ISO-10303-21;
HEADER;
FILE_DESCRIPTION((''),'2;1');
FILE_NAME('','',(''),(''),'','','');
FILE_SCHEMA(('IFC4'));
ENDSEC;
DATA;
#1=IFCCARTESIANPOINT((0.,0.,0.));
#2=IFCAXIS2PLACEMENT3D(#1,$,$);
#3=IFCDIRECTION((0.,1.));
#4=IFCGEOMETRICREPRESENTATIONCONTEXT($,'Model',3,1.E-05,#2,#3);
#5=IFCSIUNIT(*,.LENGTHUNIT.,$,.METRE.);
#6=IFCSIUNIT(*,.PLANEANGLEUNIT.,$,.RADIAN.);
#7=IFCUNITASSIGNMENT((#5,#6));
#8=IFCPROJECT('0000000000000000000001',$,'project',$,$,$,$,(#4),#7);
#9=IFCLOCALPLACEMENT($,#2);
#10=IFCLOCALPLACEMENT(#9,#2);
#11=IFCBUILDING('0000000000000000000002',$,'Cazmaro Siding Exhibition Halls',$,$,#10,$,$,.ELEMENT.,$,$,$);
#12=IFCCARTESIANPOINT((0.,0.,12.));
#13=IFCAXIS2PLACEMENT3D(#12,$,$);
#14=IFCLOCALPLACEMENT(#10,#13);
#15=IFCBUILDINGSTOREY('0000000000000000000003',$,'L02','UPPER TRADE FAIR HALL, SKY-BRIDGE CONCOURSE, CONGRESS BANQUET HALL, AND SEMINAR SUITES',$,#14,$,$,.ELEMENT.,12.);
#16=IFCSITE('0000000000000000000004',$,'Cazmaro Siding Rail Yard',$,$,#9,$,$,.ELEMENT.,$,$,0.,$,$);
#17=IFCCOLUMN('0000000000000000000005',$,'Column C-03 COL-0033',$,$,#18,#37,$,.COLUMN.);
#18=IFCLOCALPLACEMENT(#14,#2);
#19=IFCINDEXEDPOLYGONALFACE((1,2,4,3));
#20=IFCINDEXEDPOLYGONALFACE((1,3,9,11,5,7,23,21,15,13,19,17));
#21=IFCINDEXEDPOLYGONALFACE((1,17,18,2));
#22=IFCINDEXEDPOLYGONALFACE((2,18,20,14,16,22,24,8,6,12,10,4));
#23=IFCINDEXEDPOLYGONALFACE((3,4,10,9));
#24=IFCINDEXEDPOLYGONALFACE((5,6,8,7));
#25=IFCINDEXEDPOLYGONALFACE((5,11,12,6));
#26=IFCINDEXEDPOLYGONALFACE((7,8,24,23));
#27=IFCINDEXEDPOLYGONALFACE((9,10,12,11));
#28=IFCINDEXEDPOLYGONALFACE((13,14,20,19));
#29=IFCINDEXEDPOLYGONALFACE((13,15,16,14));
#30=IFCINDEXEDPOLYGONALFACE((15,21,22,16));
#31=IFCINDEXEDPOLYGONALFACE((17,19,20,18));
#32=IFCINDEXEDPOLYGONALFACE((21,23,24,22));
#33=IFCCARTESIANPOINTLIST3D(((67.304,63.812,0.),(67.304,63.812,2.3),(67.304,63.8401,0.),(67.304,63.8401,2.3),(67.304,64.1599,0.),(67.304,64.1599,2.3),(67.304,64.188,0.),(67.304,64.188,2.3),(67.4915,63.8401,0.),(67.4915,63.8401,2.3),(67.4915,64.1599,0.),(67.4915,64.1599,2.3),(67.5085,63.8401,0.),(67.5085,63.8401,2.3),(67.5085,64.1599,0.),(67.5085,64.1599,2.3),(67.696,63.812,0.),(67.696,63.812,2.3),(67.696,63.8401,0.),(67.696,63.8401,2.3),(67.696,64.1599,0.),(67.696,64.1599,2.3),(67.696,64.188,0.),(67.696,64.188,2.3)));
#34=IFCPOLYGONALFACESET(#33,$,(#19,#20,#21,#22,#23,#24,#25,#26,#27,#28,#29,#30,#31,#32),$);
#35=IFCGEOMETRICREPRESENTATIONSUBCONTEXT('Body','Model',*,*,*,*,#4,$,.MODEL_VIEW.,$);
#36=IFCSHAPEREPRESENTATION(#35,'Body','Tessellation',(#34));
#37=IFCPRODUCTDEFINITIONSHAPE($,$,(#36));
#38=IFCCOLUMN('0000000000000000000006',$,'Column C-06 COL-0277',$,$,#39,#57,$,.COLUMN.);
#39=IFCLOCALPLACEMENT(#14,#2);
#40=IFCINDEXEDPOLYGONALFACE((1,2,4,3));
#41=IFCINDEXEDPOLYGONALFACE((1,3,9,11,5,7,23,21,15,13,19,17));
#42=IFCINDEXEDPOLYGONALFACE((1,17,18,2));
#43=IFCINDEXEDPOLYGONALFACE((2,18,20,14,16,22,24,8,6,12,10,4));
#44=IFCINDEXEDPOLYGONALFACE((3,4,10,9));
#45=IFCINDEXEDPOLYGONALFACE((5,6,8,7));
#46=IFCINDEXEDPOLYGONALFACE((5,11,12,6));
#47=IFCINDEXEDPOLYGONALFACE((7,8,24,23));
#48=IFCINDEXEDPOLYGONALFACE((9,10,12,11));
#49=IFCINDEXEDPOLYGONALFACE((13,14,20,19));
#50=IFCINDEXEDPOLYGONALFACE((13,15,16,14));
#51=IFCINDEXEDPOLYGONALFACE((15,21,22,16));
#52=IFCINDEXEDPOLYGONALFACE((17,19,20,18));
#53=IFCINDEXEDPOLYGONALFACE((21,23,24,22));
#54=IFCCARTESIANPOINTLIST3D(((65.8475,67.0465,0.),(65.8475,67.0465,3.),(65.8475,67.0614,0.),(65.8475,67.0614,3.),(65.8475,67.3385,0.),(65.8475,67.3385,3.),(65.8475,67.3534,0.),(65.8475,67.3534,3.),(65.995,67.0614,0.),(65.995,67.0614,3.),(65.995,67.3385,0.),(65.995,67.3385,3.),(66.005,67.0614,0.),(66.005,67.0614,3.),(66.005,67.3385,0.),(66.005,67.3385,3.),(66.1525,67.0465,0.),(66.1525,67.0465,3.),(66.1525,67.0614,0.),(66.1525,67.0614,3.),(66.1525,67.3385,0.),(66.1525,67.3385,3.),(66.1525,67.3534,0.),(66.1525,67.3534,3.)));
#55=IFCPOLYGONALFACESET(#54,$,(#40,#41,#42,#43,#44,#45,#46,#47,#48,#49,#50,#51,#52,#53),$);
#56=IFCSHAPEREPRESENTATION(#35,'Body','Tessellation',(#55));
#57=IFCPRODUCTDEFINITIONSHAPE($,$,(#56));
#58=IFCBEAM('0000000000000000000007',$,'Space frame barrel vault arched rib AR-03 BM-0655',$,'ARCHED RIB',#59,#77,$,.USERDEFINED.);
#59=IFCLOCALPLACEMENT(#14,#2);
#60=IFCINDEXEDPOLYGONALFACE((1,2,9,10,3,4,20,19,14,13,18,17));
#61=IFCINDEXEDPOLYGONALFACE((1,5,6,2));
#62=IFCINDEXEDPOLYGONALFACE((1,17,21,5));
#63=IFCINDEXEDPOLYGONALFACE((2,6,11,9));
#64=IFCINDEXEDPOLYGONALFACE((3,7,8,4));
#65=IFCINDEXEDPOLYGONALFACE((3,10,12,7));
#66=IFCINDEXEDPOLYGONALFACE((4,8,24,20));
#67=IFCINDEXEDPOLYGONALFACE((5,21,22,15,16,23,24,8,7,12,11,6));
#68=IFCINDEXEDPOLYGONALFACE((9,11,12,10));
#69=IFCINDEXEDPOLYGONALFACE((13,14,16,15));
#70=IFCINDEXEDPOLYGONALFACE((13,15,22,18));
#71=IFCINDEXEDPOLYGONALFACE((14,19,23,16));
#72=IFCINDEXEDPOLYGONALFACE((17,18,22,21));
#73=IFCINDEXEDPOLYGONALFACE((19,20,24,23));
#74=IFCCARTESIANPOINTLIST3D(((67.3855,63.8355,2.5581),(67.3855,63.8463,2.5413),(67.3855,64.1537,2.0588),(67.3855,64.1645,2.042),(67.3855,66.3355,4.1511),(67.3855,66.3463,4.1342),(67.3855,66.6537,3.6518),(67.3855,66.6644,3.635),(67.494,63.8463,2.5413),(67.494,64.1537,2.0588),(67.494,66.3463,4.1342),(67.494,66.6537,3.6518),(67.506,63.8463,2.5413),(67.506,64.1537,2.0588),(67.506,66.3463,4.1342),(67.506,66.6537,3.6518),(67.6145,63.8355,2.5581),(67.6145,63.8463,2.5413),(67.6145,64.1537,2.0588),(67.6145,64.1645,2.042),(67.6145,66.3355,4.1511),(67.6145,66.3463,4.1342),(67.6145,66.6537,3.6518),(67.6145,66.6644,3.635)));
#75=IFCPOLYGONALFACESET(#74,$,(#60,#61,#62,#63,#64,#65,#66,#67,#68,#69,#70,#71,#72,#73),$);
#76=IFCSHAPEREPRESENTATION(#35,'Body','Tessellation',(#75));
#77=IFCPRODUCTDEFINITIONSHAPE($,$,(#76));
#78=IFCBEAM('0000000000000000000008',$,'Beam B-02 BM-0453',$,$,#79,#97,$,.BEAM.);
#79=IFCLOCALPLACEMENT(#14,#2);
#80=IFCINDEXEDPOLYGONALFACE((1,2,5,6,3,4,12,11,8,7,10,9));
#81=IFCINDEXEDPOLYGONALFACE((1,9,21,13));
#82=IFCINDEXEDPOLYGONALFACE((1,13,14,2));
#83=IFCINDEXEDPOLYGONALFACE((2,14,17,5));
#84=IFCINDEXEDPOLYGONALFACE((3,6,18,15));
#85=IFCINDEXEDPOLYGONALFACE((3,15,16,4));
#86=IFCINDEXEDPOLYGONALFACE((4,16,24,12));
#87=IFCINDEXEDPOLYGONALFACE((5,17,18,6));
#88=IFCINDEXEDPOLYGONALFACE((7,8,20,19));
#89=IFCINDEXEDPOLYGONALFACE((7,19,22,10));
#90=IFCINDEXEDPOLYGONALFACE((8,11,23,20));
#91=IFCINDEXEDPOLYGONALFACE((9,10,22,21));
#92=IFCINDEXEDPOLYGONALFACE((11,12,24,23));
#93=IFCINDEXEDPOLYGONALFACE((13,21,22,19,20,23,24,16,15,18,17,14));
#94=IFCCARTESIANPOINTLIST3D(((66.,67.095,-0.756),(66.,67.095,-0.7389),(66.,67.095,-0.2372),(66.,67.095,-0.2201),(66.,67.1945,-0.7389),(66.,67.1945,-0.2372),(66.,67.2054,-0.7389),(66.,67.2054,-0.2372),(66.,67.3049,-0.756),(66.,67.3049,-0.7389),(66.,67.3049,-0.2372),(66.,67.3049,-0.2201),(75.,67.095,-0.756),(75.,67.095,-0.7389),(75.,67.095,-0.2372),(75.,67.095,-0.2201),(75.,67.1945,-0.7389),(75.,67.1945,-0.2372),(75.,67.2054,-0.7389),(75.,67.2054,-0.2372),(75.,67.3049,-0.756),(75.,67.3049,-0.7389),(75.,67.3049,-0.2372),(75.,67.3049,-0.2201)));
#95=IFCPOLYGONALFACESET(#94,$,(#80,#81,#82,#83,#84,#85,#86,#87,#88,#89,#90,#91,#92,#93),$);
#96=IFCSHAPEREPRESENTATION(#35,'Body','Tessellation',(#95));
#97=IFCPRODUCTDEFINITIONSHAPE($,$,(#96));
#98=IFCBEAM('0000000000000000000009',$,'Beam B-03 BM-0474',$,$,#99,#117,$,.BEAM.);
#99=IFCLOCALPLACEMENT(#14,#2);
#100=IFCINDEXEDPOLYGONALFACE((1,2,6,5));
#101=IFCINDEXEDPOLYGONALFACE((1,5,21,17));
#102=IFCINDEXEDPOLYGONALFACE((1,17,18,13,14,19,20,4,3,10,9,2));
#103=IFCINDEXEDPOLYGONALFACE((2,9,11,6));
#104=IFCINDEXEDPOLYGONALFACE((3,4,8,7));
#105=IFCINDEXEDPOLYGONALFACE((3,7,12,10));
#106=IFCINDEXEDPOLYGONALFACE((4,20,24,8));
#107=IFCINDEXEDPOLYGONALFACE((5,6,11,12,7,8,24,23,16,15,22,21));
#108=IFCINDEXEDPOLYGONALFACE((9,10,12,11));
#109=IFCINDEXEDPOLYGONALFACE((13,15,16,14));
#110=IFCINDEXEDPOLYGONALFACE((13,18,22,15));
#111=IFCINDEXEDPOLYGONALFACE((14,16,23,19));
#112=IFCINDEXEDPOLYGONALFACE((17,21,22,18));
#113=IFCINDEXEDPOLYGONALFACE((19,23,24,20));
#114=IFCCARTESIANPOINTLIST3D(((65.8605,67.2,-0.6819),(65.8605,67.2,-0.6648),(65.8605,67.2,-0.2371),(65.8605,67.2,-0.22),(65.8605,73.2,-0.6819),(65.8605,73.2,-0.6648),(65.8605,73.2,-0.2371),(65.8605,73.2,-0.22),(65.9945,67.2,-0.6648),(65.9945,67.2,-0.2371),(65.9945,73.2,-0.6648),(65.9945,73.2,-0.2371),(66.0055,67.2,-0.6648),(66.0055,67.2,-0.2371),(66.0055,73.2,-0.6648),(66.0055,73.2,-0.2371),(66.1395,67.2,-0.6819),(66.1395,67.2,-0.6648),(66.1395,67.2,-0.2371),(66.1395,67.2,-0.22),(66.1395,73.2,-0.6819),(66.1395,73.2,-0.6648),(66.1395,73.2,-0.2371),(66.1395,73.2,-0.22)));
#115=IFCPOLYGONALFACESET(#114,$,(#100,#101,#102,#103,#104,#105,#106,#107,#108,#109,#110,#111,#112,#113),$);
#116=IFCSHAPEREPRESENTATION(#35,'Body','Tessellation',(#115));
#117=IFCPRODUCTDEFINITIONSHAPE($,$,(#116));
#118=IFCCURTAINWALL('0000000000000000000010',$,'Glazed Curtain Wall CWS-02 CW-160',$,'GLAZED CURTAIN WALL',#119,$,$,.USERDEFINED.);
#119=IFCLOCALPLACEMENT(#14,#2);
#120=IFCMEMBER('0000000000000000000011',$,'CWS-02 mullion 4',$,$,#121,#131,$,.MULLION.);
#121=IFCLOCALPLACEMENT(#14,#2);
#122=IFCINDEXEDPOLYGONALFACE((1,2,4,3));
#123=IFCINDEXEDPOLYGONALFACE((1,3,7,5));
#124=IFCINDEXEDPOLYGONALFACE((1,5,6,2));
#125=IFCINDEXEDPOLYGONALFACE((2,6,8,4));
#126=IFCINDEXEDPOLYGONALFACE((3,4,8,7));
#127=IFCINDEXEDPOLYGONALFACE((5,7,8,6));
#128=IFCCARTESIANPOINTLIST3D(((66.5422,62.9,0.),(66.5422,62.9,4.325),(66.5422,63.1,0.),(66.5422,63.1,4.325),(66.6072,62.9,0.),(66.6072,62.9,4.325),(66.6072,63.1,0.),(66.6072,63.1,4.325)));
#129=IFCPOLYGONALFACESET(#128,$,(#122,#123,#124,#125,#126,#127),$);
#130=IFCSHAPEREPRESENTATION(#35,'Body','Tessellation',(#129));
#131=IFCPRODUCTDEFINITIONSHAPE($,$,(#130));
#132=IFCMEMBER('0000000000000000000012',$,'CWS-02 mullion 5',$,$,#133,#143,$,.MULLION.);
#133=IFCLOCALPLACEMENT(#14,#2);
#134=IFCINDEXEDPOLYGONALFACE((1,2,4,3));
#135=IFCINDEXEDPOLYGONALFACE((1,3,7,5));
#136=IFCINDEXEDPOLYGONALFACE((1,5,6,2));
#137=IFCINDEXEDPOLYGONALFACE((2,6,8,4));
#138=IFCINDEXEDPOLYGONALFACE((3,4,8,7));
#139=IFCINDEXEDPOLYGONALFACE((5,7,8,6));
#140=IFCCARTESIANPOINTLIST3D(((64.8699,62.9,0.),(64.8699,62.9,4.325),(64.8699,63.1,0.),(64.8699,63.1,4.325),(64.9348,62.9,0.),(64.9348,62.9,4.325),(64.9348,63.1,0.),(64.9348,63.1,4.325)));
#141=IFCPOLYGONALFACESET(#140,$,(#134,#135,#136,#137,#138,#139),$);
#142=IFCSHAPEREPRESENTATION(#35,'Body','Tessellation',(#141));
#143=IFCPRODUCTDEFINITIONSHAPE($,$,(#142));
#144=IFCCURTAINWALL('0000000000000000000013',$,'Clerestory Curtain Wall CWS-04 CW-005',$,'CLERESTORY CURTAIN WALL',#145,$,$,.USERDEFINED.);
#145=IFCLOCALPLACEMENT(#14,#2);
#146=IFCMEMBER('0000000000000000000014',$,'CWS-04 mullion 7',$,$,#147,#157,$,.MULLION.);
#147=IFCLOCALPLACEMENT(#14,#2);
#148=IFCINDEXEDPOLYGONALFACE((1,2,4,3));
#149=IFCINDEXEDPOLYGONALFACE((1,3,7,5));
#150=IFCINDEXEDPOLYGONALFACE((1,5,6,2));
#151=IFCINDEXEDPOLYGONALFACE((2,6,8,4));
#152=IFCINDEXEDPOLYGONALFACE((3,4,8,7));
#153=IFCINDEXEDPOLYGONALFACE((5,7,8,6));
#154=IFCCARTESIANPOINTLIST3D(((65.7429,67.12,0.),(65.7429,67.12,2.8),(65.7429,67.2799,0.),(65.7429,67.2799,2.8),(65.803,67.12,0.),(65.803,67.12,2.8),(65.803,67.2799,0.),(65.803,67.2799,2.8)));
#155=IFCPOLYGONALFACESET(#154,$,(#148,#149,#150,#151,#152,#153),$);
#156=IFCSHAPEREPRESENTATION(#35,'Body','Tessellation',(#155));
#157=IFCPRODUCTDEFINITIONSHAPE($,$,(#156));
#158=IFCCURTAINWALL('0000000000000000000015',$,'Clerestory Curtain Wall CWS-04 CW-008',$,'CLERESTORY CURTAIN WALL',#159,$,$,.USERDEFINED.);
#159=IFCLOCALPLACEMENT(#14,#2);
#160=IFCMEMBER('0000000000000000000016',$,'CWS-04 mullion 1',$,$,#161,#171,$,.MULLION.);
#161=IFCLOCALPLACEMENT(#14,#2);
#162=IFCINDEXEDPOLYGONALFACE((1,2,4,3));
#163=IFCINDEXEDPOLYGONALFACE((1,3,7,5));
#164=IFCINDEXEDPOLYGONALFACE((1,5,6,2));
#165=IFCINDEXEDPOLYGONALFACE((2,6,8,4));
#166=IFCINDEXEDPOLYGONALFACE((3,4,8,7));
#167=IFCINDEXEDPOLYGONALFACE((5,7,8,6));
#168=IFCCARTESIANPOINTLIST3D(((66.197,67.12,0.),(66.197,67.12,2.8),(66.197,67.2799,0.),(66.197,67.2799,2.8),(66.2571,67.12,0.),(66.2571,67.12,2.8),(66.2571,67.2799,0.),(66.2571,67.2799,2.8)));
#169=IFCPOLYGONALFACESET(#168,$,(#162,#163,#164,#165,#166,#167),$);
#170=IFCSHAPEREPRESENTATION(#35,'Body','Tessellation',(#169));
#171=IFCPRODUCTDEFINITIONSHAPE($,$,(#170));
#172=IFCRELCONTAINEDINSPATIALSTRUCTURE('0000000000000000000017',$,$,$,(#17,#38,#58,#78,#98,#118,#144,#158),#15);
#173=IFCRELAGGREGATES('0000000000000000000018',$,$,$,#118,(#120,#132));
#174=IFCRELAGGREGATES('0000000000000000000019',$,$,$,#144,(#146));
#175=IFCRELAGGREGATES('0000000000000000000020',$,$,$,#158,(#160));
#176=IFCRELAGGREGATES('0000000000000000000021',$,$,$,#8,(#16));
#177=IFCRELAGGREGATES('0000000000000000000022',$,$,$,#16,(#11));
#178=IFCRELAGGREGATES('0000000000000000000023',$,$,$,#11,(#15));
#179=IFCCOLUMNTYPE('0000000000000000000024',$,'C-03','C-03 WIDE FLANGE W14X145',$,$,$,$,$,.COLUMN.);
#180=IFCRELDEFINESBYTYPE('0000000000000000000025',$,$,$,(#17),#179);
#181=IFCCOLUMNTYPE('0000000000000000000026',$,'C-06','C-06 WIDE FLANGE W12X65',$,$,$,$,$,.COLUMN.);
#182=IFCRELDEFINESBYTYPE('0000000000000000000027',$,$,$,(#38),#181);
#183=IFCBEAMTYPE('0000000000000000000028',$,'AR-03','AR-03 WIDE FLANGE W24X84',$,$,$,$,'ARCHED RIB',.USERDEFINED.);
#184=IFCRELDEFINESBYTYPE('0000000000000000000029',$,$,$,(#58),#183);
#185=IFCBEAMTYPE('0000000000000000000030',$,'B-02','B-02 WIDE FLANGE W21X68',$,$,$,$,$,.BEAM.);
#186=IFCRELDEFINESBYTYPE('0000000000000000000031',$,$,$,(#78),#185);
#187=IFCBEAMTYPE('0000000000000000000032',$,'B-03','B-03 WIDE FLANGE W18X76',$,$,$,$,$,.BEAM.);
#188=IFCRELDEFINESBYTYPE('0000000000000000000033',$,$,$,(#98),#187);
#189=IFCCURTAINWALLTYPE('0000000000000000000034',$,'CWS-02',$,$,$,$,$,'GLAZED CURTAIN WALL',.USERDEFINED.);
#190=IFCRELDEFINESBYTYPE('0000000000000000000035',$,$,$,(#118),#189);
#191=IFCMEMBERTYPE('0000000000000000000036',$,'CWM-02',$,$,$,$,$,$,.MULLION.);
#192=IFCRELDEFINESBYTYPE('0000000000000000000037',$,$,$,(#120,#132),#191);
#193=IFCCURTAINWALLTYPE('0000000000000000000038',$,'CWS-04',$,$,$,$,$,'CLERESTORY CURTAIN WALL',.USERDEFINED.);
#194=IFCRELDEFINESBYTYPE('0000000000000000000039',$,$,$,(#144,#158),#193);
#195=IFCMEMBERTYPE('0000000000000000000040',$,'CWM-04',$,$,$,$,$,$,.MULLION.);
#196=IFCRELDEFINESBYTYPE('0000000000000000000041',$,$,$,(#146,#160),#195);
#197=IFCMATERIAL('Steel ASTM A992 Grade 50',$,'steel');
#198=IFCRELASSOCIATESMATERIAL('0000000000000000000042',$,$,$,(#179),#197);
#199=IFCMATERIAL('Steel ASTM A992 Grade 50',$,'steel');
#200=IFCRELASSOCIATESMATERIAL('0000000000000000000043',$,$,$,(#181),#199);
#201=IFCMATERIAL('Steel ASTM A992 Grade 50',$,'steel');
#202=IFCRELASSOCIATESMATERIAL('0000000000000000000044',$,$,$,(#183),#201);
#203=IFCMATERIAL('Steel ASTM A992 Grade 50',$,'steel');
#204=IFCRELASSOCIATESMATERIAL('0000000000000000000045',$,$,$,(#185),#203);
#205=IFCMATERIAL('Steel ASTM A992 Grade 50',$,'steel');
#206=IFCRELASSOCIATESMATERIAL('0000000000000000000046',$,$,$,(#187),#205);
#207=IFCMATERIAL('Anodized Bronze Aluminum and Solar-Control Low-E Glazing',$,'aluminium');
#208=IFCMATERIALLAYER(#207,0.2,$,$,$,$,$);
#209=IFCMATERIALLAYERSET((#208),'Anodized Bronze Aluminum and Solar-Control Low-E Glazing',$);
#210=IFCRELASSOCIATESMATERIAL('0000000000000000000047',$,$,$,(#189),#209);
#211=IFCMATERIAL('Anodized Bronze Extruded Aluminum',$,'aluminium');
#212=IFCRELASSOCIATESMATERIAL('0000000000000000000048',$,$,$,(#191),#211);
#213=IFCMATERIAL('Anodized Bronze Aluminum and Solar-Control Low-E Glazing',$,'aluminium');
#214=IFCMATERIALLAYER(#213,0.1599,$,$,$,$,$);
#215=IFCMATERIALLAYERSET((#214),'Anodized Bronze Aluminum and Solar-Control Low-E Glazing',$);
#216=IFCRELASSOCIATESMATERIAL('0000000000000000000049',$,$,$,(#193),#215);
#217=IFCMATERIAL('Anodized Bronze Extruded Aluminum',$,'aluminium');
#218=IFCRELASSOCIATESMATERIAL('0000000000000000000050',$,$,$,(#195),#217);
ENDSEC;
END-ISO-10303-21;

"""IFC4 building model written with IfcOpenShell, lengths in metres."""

from ifc_helpers import new_model, si_unit, direction, frame, origin, origin_2d, place, context, subcontext, project, spatial, rectangle, i_section, extrude, material, layer, layer_set, material_profile, profile_set, type_object, element, aggregate, save


model = new_model("IFC4")

# Units and contexts
model_context = context("Model", 3, precision=1e-05, world=origin(), true_north=direction((0.0, 1.0)))
body_context = subcontext(model_context, "Body", "Model", "MODEL_VIEW")
ifc_project = project(units=[si_unit("LENGTHUNIT", "METRE"), si_unit("PLANEANGLEUNIT", "RADIAN")], contexts=[model_context])

# Site, building, storey
site_placement = place(None, origin())
site = spatial("IfcSite", under=ifc_project, at=site_placement, Name="Cazmaro Siding Rail Yard", CompositionType="ELEMENT", RefElevation=0.0)
building_placement = place(site_placement, origin())
building = spatial("IfcBuilding", under=site, at=building_placement, Name="Cazmaro Siding Exhibition Halls", CompositionType="ELEMENT")
storey_placement = place(building_placement, frame((0.0, 0.0, 12.0)))
storey = spatial("IfcBuildingStorey", under=building, at=storey_placement, Name="L02", Description="UPPER TRADE FAIR HALL, SKY-BRIDGE CONCOURSE, CONGRESS BANQUET HALL, AND SEMINAR SUITES", CompositionType="ELEMENT", Elevation=12.0)

# Columns
ifc_material_1 = material(Name="Steel ASTM A992 Grade 50", Category="steel")
ifc_material_profile_1 = material_profile(ifc_material_1, i_section(OverallWidth=0.3921, OverallDepth=0.376, WebThickness=0.0171, FlangeThickness=0.0281, at=origin_2d()), Name="W14X145")
ifc_profile_set_1 = profile_set([ifc_material_profile_1], Name="Steel ASTM A992 Grade 50")
column_type_1 = type_object("IfcColumnType", Name="C-03", Description="C-03 WIDE FLANGE W14X145", PredefinedType="COLUMN", material=ifc_profile_set_1)
column_1_placement = place(storey_placement, frame((67.5, 64.0, 0.0), z_axis=(0.0, 0.0, 1.0), x_axis=(1.0, 0.0, 0.0)))
element("IfcColumn", 1, at=column_1_placement, inside=storey, type_object=column_type_1, Name="Column C-03 COL-0033", PredefinedType="COLUMN", context=body_context, shape_type="SweptSolid", body=[
    extrude(i_section(OverallWidth=0.3921, OverallDepth=0.376, WebThickness=0.0171, FlangeThickness=0.0281, at=origin_2d()), origin(), (0.0, 0.0, 1.0), 2.3),
])
ifc_material_2 = material(Name="Steel ASTM A992 Grade 50", Category="steel")
ifc_material_profile_2 = material_profile(ifc_material_2, i_section(OverallWidth=0.3049, OverallDepth=0.3069, WebThickness=0.01, FlangeThickness=0.0149, at=origin_2d()), Name="W12X65")
ifc_profile_set_2 = profile_set([ifc_material_profile_2], Name="Steel ASTM A992 Grade 50")
column_type_2 = type_object("IfcColumnType", Name="C-06", Description="C-06 WIDE FLANGE W12X65", PredefinedType="COLUMN", material=ifc_profile_set_2)
column_2_placement = place(storey_placement, frame((66.0, 67.2, 0.0), z_axis=(0.0, 0.0, 1.0), x_axis=(1.0, 0.0, 0.0)))
element("IfcColumn", 2, at=column_2_placement, inside=storey, type_object=column_type_2, Name="Column C-06 COL-0277", PredefinedType="COLUMN", context=body_context, shape_type="SweptSolid", body=[
    extrude(i_section(OverallWidth=0.3049, OverallDepth=0.3069, WebThickness=0.01, FlangeThickness=0.0149, at=origin_2d()), origin(), (0.0, 0.0, 1.0), 3.0),
])

# Beams
ifc_material_3 = material(Name="Steel ASTM A992 Grade 50", Category="steel")
ifc_material_profile_3 = material_profile(ifc_material_3, i_section(OverallWidth=0.229, OverallDepth=0.6121, WebThickness=0.012, FlangeThickness=0.02, at=origin_2d()), Name="W24X84")
ifc_profile_set_3 = profile_set([ifc_material_profile_3], Name="Steel ASTM A992 Grade 50")
beam_type_1 = type_object("IfcBeamType", Name="AR-03", Description="AR-03 WIDE FLANGE W24X84", ElementType="ARCHED RIB", PredefinedType="USERDEFINED", material=ifc_profile_set_3)
beam_1_placement = place(storey_placement, frame((67.5, 64.0, 2.3), z_axis=(0.0, 0.843339, 0.537382), x_axis=(-1.0, 0.0, 0.0)))
element("IfcBeam", 3, at=beam_1_placement, inside=storey, type_object=beam_type_1, Name="Space frame barrel vault arched rib AR-03 BM-0655", ObjectType="ARCHED RIB", PredefinedType="USERDEFINED", context=body_context, shape_type="SweptSolid", body=[
    extrude(i_section(OverallWidth=0.229, OverallDepth=0.6121, WebThickness=0.012, FlangeThickness=0.02, at=origin_2d()), origin(), (0.0, 0.0, 1.0), 2.9644),
])
ifc_material_4 = material(Name="Steel ASTM A992 Grade 50", Category="steel")
ifc_material_profile_4 = material_profile(ifc_material_4, i_section(OverallWidth=0.21, OverallDepth=0.5359, WebThickness=0.011, FlangeThickness=0.0171, at=origin_2d()), Name="W21X68")
ifc_profile_set_4 = profile_set([ifc_material_profile_4], Name="Steel ASTM A992 Grade 50")
beam_type_2 = type_object("IfcBeamType", Name="B-02", Description="B-02 WIDE FLANGE W21X68", PredefinedType="BEAM", material=ifc_profile_set_4)
beam_2_placement = place(storey_placement, frame((66.0, 67.2, -0.488), z_axis=(1.0, 0.0, 0.0), x_axis=(0.0, 1.0, 0.0)))
element("IfcBeam", 4, at=beam_2_placement, inside=storey, type_object=beam_type_2, Name="Beam B-02 BM-0453", PredefinedType="BEAM", context=body_context, shape_type="SweptSolid", body=[
    extrude(i_section(OverallWidth=0.21, OverallDepth=0.5359, WebThickness=0.011, FlangeThickness=0.0171, at=origin_2d()), origin(), (0.0, 0.0, 1.0), 9.0),
])
ifc_material_5 = material(Name="Steel ASTM A992 Grade 50", Category="steel")
ifc_material_profile_5 = material_profile(ifc_material_5, i_section(OverallWidth=0.2791, OverallDepth=0.4619, WebThickness=0.011, FlangeThickness=0.0171, at=origin_2d()), Name="W18X76")
ifc_profile_set_5 = profile_set([ifc_material_profile_5], Name="Steel ASTM A992 Grade 50")
beam_type_3 = type_object("IfcBeamType", Name="B-03", Description="B-03 WIDE FLANGE W18X76", PredefinedType="BEAM", material=ifc_profile_set_5)
beam_3_placement = place(storey_placement, frame((66.0, 67.2, -0.4509), z_axis=(0.0, 1.0, 0.0), x_axis=(-1.0, 0.0, 0.0)))
element("IfcBeam", 5, at=beam_3_placement, inside=storey, type_object=beam_type_3, Name="Beam B-03 BM-0474", PredefinedType="BEAM", context=body_context, shape_type="SweptSolid", body=[
    extrude(i_section(OverallWidth=0.2791, OverallDepth=0.4619, WebThickness=0.011, FlangeThickness=0.0171, at=origin_2d()), origin(), (0.0, 0.0, 1.0), 6.0),
])

# Curtain wall, members
ifc_material_6 = material(Name="Anodized Bronze Aluminum and Solar-Control Low-E Glazing", Category="aluminium")
ifc_layer_1 = layer(ifc_material_6, 0.2)
ifc_layer_set_1 = layer_set([ifc_layer_1], Name="Anodized Bronze Aluminum and Solar-Control Low-E Glazing")
curtain_wall_type_1 = type_object("IfcCurtainWallType", Name="CWS-02", ElementType="GLAZED CURTAIN WALL", PredefinedType="USERDEFINED", material=ifc_layer_set_1)
curtain_wall_1_placement = place(storey_placement, origin())
curtain_wall_1 = element("IfcCurtainWall", 6, at=curtain_wall_1_placement, inside=storey, type_object=curtain_wall_type_1, Name="Glazed Curtain Wall CWS-02 CW-160", ObjectType="GLAZED CURTAIN WALL", PredefinedType="USERDEFINED")
ifc_material_7 = material(Name="Anodized Bronze Extruded Aluminum", Category="aluminium")
ifc_material_profile_6 = material_profile(ifc_material_7, rectangle(XDim=0.2, YDim=0.0649, at=origin_2d()), Name="CWM-02")
ifc_profile_set_6 = profile_set([ifc_material_profile_6], Name="Anodized Bronze Extruded Aluminum")
member_type_1 = type_object("IfcMemberType", Name="CWM-02", PredefinedType="MULLION", material=ifc_profile_set_6)
member_1_placement = place(storey_placement, frame((66.5747, 63.0, 0.0), z_axis=(0.0, 0.0, 1.0), x_axis=(0.0, -1.0, 0.0)))
member_1 = element("IfcMember", 7, at=member_1_placement, type_object=member_type_1, Name="CWS-02 mullion 4", PredefinedType="MULLION", context=body_context, shape_type="SweptSolid", body=[
    extrude(rectangle(XDim=0.2, YDim=0.0649, at=origin_2d()), origin(), (0.0, 0.0, 1.0), 4.325),
])
member_2_placement = place(storey_placement, frame((64.9023, 63.0, 0.0), z_axis=(0.0, 0.0, 1.0), x_axis=(0.0, -1.0, 0.0)))
member_2 = element("IfcMember", 8, at=member_2_placement, type_object=member_type_1, Name="CWS-02 mullion 5", PredefinedType="MULLION", context=body_context, shape_type="SweptSolid", body=[
    extrude(rectangle(XDim=0.2, YDim=0.0649, at=origin_2d()), origin(), (0.0, 0.0, 1.0), 4.325),
])

# Curtain walls, members
ifc_material_8 = material(Name="Anodized Bronze Aluminum and Solar-Control Low-E Glazing", Category="aluminium")
ifc_layer_2 = layer(ifc_material_8, 0.1599)
ifc_layer_set_2 = layer_set([ifc_layer_2], Name="Anodized Bronze Aluminum and Solar-Control Low-E Glazing")
curtain_wall_type_2 = type_object("IfcCurtainWallType", Name="CWS-04", ElementType="CLERESTORY CURTAIN WALL", PredefinedType="USERDEFINED", material=ifc_layer_set_2)
curtain_wall_2_placement = place(storey_placement, origin())
curtain_wall_2 = element("IfcCurtainWall", 9, at=curtain_wall_2_placement, inside=storey, type_object=curtain_wall_type_2, Name="Clerestory Curtain Wall CWS-04 CW-005", ObjectType="CLERESTORY CURTAIN WALL", PredefinedType="USERDEFINED")
ifc_material_9 = material(Name="Anodized Bronze Extruded Aluminum", Category="aluminium")
ifc_material_profile_7 = material_profile(ifc_material_9, rectangle(XDim=0.1599, YDim=0.0601, at=origin_2d()), Name="CWM-04")
ifc_profile_set_7 = profile_set([ifc_material_profile_7], Name="Anodized Bronze Extruded Aluminum")
member_type_2 = type_object("IfcMemberType", Name="CWM-04", PredefinedType="MULLION", material=ifc_profile_set_7)
member_3_placement = place(storey_placement, frame((65.7729, 67.2, 0.0), z_axis=(0.0, 0.0, 1.0), x_axis=(0.0, 1.0, 0.0)))
member_3 = element("IfcMember", 10, at=member_3_placement, type_object=member_type_2, Name="CWS-04 mullion 7", PredefinedType="MULLION", context=body_context, shape_type="SweptSolid", body=[
    extrude(rectangle(XDim=0.1599, YDim=0.0601, at=origin_2d()), origin(), (0.0, 0.0, 1.0), 2.8),
])
curtain_wall_3_placement = place(storey_placement, origin())
curtain_wall_3 = element("IfcCurtainWall", 11, at=curtain_wall_3_placement, inside=storey, type_object=curtain_wall_type_2, Name="Clerestory Curtain Wall CWS-04 CW-008", ObjectType="CLERESTORY CURTAIN WALL", PredefinedType="USERDEFINED")
member_4_placement = place(storey_placement, frame((66.2271, 67.2, 0.0), z_axis=(0.0, 0.0, 1.0), x_axis=(0.0, 1.0, 0.0)))
member_4 = element("IfcMember", 12, at=member_4_placement, type_object=member_type_2, Name="CWS-04 mullion 1", PredefinedType="MULLION", context=body_context, shape_type="SweptSolid", body=[
    extrude(rectangle(XDim=0.1599, YDim=0.0601, at=origin_2d()), origin(), (0.0, 0.0, 1.0), 2.8),
])

aggregate(curtain_wall_1, [member_1, member_2])
aggregate(curtain_wall_2, [member_3])
aggregate(curtain_wall_3, [member_4])

save(model, "model.ifc")
